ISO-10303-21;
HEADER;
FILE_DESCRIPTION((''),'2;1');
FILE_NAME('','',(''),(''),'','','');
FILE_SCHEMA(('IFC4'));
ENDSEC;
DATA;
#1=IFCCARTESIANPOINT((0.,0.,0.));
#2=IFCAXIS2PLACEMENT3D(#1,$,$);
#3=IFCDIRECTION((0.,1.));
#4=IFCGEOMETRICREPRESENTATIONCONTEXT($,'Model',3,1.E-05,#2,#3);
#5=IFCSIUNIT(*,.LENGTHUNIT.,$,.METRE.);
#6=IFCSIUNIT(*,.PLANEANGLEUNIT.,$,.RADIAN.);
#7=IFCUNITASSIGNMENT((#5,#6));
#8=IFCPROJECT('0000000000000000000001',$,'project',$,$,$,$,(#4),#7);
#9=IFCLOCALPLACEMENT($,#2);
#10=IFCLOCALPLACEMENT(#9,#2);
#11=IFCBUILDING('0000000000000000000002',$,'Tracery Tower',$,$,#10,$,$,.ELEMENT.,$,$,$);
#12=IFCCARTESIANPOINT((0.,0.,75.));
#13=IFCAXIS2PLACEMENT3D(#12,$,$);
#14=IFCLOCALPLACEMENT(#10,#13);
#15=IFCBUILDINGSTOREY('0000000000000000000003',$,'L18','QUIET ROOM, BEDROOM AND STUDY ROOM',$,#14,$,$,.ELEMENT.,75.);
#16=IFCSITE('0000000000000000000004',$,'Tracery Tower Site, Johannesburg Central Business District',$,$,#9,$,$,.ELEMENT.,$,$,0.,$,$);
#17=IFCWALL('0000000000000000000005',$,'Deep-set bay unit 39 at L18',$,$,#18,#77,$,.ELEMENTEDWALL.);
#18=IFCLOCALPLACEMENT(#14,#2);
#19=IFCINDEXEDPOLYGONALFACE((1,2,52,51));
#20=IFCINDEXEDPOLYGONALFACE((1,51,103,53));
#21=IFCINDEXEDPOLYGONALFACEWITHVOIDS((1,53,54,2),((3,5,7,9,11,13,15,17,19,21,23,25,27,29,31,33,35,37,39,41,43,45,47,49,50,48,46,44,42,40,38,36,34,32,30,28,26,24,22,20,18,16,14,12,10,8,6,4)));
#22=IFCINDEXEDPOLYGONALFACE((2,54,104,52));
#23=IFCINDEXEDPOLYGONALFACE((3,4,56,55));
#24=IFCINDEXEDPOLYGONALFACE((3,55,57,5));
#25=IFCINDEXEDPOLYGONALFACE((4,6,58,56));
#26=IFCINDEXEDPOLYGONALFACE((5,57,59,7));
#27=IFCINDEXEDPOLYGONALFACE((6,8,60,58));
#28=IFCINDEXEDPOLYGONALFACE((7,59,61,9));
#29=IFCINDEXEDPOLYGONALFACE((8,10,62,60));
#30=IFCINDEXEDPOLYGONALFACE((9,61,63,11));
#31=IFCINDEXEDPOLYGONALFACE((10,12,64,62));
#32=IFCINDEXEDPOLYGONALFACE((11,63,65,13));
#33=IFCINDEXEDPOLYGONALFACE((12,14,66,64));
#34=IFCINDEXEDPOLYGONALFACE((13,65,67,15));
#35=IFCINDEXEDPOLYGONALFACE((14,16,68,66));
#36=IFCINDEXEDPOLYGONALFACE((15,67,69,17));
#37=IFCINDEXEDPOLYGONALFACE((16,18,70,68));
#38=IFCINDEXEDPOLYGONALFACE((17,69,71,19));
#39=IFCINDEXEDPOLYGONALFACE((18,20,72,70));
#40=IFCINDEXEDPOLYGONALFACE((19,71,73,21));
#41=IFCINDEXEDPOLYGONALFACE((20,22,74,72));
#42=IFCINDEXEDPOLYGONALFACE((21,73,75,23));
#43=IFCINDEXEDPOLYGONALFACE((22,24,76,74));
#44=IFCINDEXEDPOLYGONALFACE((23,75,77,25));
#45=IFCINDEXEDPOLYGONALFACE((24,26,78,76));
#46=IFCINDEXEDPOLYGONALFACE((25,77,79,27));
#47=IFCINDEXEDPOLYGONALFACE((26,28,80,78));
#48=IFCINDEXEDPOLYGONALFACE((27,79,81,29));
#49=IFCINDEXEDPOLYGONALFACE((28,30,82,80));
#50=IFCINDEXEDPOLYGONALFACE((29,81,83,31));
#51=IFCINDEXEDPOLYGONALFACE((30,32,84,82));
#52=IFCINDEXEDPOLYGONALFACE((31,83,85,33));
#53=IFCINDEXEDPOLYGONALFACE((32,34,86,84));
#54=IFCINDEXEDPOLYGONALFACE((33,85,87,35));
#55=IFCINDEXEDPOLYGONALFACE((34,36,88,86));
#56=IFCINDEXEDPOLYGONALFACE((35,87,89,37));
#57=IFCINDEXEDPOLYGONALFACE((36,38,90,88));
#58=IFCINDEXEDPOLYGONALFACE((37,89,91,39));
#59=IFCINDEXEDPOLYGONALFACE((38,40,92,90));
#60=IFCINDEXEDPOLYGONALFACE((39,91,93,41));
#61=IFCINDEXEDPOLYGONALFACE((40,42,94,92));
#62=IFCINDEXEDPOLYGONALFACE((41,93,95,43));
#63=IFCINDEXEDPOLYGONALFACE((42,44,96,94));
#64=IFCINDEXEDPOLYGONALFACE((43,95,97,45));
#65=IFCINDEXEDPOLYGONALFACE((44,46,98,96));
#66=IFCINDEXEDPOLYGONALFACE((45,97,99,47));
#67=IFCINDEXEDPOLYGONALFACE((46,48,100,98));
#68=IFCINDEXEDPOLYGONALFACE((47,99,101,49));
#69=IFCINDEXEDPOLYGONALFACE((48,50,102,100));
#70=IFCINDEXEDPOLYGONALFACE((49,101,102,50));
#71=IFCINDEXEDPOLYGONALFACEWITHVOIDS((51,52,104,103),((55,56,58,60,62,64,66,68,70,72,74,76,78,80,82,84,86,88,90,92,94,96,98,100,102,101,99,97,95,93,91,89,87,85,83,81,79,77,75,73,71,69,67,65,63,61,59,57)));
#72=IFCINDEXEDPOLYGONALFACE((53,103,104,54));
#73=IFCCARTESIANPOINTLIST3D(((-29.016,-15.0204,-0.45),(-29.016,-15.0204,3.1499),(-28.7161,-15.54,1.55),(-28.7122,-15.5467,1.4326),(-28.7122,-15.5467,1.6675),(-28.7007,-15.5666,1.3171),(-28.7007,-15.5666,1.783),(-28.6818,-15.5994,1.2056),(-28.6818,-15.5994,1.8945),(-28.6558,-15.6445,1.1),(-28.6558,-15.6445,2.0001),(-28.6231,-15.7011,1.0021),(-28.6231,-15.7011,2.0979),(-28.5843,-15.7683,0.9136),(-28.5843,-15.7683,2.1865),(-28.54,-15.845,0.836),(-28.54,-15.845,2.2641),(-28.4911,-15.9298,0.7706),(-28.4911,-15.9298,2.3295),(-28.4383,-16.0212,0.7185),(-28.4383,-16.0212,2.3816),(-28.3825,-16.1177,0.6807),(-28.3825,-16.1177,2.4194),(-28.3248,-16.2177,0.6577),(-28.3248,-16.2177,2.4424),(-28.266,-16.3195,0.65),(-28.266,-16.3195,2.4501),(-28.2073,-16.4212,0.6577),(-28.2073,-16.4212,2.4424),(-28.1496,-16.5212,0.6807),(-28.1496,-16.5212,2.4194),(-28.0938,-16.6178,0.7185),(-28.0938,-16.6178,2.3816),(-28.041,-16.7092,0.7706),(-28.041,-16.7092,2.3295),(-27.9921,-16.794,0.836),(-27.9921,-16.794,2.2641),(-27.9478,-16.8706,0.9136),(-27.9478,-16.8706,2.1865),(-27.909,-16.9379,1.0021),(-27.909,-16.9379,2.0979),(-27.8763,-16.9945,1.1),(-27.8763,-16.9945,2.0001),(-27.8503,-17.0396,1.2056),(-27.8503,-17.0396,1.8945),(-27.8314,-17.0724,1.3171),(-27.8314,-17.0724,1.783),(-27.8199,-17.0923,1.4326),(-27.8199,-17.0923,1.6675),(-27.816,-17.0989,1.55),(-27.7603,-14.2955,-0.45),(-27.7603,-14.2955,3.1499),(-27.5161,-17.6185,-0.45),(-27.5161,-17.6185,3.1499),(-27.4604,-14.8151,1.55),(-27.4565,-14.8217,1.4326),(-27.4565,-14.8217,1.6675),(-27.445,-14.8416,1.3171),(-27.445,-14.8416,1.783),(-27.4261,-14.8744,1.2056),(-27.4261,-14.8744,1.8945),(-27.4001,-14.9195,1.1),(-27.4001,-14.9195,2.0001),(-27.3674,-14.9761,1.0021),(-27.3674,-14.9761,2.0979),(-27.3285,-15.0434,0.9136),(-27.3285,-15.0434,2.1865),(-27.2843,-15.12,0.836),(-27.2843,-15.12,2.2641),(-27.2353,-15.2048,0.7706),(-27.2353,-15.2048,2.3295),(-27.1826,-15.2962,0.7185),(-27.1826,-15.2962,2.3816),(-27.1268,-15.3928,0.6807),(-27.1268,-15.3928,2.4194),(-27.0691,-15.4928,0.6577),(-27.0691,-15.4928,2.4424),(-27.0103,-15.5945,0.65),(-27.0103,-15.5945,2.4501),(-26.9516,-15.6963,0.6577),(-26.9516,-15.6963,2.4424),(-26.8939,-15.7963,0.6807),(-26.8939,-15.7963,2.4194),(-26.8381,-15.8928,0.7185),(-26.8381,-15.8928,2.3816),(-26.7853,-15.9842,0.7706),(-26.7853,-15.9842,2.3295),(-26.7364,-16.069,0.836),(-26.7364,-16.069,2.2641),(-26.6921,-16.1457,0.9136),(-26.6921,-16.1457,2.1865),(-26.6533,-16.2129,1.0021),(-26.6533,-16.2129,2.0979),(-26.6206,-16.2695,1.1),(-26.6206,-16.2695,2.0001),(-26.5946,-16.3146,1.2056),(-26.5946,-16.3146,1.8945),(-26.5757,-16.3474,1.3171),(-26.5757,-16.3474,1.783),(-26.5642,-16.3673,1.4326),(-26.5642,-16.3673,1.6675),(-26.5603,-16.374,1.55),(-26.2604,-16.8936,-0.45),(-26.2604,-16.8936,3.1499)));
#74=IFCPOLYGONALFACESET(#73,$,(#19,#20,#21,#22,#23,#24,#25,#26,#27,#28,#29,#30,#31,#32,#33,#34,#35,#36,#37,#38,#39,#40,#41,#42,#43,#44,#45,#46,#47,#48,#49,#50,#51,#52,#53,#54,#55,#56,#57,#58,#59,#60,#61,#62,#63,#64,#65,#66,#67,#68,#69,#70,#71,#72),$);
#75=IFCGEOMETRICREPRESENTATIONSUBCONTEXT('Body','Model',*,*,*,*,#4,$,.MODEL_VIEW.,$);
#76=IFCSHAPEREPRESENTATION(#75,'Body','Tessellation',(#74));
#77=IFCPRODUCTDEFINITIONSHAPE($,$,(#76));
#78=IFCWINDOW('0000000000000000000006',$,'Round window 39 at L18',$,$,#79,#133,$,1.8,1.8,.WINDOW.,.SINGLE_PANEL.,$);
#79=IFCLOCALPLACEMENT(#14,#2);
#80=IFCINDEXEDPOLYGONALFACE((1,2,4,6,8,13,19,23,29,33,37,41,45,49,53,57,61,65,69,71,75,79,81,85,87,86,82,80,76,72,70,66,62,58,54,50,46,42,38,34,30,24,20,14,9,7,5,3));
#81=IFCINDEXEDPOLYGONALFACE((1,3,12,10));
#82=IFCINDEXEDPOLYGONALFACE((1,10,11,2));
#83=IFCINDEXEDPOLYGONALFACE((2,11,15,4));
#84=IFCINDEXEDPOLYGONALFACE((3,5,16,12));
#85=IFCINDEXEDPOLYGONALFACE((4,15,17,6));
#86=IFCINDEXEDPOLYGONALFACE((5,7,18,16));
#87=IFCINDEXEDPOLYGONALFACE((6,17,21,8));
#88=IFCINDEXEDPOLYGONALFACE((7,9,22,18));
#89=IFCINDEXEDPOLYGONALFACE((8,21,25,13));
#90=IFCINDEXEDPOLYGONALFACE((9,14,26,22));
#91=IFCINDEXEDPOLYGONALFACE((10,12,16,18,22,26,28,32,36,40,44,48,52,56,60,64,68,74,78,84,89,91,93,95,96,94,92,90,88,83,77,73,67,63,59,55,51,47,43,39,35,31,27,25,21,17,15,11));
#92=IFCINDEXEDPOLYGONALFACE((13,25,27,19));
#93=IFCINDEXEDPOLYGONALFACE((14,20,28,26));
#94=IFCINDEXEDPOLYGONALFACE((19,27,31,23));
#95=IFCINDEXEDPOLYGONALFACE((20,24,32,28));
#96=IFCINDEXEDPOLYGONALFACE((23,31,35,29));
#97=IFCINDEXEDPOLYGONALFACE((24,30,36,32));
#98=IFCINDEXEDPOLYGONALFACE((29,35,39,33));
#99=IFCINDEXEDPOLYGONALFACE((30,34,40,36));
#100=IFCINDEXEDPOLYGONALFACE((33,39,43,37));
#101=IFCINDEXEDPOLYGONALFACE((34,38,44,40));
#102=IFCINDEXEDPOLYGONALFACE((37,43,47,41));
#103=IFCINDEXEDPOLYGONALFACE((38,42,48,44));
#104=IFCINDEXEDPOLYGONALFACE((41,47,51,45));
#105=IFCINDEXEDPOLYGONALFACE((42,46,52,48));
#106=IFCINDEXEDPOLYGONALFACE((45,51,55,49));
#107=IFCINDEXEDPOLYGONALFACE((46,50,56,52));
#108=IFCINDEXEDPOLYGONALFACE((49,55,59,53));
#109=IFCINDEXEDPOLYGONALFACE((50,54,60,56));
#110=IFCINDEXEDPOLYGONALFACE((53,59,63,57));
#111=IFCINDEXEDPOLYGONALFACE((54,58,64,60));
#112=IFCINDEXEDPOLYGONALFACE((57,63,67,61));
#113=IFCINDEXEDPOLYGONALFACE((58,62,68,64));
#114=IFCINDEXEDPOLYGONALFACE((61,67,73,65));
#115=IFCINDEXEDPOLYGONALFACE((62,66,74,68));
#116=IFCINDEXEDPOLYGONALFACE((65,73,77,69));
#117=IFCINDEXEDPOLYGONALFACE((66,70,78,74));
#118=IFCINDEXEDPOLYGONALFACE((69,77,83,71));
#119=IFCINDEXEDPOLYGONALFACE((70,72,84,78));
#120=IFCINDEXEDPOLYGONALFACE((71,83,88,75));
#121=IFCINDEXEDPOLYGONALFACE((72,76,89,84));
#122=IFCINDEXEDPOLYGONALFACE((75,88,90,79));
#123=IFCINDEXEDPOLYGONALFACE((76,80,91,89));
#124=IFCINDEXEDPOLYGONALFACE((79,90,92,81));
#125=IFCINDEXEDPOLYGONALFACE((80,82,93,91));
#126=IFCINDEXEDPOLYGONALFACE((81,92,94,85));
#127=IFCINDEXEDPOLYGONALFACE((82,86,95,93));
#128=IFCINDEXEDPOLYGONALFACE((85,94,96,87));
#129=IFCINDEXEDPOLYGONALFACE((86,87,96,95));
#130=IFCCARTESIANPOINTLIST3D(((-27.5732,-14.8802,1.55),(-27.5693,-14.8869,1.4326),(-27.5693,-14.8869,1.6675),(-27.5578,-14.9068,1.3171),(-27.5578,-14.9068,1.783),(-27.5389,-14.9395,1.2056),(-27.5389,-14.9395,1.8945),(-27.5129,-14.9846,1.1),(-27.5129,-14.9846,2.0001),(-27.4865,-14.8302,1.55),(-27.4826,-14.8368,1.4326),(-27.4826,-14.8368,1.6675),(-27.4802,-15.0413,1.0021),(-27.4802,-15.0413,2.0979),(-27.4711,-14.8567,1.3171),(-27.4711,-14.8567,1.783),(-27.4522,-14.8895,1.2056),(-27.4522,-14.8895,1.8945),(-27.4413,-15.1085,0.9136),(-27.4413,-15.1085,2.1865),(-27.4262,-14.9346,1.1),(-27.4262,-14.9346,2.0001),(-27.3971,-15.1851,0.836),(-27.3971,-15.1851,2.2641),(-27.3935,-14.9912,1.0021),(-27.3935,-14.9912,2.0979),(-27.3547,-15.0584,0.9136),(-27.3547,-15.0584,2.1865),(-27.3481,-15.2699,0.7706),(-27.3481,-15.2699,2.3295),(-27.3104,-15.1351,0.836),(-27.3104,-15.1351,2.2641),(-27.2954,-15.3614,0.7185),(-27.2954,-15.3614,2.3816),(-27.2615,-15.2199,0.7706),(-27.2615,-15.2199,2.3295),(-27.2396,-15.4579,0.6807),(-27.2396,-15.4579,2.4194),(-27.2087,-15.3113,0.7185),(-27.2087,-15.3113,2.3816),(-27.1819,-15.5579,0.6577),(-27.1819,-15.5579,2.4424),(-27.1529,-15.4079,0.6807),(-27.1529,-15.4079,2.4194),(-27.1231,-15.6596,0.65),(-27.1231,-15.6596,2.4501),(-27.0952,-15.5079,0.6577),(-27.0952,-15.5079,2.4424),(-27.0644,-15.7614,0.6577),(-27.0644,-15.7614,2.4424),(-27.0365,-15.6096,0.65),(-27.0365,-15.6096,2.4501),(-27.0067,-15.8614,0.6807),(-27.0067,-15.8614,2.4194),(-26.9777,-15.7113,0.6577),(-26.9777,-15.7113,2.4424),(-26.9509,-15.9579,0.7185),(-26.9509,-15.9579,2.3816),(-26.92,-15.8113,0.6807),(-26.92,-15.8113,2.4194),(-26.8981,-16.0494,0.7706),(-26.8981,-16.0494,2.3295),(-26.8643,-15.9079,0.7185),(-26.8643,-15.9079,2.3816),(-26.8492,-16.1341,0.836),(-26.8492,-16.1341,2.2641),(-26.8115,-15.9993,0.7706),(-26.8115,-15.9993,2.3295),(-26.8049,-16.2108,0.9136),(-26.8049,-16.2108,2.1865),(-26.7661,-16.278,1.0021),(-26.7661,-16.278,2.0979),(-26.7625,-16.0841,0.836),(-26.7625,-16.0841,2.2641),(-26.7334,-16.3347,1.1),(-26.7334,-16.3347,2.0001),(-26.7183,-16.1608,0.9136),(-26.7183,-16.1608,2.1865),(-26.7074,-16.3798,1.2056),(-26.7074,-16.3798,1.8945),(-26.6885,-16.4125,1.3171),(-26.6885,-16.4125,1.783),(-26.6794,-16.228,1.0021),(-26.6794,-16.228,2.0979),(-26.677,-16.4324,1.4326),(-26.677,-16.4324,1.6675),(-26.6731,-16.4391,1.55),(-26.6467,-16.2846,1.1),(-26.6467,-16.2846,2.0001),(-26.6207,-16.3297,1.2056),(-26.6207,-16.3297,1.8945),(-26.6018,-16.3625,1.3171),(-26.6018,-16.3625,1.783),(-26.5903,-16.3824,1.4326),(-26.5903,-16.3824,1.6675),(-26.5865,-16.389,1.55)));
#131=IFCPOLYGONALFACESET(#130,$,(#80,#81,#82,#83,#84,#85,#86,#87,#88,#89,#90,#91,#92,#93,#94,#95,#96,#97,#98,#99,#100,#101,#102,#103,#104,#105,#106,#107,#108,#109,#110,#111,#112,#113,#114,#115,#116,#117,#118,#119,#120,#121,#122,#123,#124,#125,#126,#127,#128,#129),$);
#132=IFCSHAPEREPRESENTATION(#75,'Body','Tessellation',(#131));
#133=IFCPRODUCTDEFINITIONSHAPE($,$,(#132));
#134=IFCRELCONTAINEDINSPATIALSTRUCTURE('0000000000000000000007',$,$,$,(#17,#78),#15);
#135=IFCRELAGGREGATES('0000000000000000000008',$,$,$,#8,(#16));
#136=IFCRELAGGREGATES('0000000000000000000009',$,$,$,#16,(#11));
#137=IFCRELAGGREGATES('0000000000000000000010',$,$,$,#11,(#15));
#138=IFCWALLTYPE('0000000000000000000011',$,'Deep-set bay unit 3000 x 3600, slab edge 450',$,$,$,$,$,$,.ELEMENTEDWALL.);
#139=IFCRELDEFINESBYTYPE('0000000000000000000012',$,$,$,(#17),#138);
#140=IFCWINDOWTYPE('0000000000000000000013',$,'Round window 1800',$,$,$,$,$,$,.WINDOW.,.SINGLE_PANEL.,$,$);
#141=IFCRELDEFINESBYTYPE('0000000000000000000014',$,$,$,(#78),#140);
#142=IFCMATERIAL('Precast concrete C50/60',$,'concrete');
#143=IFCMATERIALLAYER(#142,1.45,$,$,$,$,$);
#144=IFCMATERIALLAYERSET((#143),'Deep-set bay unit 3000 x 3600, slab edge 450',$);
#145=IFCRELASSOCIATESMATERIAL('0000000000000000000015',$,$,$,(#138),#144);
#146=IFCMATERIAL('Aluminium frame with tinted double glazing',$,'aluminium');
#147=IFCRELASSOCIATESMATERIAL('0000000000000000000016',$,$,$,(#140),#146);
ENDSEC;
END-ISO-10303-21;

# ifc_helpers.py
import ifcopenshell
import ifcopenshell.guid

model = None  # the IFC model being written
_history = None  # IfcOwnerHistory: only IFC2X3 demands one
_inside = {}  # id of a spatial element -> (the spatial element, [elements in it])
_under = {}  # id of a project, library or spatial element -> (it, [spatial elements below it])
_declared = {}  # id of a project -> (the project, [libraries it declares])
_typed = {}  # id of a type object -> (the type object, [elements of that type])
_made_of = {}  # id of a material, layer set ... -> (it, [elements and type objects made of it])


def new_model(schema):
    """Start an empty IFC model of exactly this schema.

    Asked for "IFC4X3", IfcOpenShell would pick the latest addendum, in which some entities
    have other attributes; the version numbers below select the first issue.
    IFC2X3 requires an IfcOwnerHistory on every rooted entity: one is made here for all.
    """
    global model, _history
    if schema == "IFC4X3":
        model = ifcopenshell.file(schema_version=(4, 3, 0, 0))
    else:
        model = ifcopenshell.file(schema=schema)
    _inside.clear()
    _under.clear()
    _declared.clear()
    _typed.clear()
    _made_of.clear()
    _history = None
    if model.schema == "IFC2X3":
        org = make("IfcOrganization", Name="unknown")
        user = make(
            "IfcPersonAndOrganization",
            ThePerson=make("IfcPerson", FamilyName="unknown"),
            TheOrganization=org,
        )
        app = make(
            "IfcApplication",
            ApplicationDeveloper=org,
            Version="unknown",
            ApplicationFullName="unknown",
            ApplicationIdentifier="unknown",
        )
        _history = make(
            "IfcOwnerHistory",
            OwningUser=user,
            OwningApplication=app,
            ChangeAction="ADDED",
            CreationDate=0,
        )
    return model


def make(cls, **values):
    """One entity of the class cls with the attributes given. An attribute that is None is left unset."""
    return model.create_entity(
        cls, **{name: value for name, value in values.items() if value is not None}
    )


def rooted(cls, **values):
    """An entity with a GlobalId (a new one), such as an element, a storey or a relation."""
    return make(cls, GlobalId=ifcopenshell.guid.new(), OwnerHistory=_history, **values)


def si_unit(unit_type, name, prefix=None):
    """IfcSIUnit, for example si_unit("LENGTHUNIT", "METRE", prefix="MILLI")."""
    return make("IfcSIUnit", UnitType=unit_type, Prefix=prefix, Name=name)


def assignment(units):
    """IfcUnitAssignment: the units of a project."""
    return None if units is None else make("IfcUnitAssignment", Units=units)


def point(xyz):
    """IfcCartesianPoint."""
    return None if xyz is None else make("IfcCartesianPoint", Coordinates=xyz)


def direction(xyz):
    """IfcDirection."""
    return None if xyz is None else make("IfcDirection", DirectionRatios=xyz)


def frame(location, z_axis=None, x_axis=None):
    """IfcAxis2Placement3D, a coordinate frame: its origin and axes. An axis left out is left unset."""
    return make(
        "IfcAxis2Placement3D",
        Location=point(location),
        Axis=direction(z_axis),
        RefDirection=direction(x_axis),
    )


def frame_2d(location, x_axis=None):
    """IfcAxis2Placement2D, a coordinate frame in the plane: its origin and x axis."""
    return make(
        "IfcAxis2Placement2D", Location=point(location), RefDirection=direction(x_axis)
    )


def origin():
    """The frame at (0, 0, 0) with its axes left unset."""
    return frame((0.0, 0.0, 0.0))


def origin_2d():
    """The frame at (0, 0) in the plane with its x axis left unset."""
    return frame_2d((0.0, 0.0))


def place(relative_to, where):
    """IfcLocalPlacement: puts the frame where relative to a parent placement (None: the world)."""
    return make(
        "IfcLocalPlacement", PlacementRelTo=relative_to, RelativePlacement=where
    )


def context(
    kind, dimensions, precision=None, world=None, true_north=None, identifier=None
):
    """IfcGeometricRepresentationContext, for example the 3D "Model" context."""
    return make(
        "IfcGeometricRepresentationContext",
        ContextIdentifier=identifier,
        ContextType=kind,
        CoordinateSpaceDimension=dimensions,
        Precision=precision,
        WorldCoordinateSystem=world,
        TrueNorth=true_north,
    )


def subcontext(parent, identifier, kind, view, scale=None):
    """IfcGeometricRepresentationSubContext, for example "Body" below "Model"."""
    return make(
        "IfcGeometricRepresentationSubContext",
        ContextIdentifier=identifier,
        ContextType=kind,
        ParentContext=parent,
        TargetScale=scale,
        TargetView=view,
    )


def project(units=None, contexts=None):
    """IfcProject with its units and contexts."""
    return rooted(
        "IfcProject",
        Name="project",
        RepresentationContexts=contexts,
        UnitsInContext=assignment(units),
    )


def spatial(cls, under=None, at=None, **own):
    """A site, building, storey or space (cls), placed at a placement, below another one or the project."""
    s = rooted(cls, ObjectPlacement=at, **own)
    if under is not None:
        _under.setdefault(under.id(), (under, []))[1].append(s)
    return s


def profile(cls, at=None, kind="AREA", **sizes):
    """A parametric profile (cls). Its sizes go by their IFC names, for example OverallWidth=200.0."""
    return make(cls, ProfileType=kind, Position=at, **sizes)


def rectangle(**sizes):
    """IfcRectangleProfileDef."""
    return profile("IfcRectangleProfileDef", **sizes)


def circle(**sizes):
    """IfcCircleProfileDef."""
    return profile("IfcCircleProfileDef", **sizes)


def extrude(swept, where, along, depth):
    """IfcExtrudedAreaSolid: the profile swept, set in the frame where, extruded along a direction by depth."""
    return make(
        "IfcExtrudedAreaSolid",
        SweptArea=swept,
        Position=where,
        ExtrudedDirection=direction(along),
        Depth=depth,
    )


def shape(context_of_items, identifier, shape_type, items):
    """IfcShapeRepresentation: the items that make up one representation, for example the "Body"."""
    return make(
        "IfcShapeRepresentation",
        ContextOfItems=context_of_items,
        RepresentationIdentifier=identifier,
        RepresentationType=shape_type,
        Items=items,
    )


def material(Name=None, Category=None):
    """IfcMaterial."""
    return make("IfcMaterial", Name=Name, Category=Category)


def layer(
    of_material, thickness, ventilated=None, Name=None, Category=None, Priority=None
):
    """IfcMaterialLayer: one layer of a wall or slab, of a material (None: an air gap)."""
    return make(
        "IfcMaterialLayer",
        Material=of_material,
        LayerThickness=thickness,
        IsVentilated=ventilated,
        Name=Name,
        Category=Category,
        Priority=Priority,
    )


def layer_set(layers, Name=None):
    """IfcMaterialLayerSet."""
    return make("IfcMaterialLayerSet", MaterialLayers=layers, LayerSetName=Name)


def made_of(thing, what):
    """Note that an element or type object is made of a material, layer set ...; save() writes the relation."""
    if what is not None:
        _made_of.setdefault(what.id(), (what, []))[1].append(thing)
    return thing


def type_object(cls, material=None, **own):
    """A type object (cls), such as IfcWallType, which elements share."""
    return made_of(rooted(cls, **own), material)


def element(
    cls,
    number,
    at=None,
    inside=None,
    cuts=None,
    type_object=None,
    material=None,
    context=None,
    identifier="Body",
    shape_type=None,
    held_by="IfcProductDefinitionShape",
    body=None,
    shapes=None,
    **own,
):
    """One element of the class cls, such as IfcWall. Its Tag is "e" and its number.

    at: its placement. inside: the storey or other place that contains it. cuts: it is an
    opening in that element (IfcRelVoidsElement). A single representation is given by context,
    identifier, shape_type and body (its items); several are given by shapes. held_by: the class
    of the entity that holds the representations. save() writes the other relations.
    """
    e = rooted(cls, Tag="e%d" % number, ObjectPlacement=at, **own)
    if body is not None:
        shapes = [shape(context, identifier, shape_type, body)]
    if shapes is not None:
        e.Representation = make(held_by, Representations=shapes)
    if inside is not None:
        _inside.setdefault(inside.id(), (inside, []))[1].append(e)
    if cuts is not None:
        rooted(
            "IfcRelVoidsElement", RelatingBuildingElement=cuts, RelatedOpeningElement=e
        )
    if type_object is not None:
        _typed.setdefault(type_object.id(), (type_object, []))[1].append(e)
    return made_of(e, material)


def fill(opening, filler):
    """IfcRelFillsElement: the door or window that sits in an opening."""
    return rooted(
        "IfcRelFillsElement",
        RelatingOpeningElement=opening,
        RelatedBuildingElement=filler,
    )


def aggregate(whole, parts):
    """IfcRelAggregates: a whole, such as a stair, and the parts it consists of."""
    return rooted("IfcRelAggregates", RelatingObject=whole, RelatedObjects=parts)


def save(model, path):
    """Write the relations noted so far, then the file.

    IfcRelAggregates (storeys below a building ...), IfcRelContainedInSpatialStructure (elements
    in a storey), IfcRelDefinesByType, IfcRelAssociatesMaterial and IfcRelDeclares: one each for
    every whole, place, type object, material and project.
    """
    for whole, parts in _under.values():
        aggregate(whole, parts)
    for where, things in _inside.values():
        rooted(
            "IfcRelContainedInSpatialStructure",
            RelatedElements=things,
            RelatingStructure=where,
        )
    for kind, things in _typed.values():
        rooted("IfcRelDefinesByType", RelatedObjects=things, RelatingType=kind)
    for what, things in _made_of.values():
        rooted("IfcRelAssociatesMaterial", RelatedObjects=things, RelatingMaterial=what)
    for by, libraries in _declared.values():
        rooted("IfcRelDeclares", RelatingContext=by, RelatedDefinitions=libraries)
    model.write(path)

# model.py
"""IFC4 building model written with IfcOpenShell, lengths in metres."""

from ifc_helpers import new_model, si_unit, direction, frame, frame_2d, origin, origin_2d, place, context, subcontext, project, spatial, rectangle, circle, extrude, material, layer, layer_set, type_object, element, fill, save


model = new_model("IFC4")

# Units and contexts
model_context = context("Model", 3, precision=1e-05, world=origin(), true_north=direction((0.0, 1.0)))
body_context = subcontext(model_context, "Body", "Model", "MODEL_VIEW")
ifc_project = project(units=[si_unit("LENGTHUNIT", "METRE"), si_unit("PLANEANGLEUNIT", "RADIAN")], contexts=[model_context])

# Site, building, storey
site_placement = place(None, origin())
site = spatial("IfcSite", under=ifc_project, at=site_placement, Name="Tracery Tower Site, Johannesburg Central Business District", CompositionType="ELEMENT", RefElevation=0.0)
building_placement = place(site_placement, origin())
building = spatial("IfcBuilding", under=site, at=building_placement, Name="Tracery Tower", CompositionType="ELEMENT")
storey_placement = place(building_placement, frame((0.0, 0.0, 75.0)))
storey = spatial("IfcBuildingStorey", under=building, at=storey_placement, Name="L18", Description="QUIET ROOM, BEDROOM AND STUDY ROOM", CompositionType="ELEMENT", Elevation=75.0)

# Wall, opening, window
ifc_material_1 = material(Name="Precast concrete C50/60", Category="concrete")
ifc_layer_1 = layer(ifc_material_1, 1.45)
ifc_layer_set_1 = layer_set([ifc_layer_1], Name="Deep-set bay unit 3000 x 3600, slab edge 450")
wall_type_1 = type_object("IfcWallType", Name="Deep-set bay unit 3000 x 3600, slab edge 450", PredefinedType="ELEMENTEDWALL", material=ifc_layer_set_1)
wall_1_placement = place(storey_placement, frame((-28.3882, -14.658, -0.45), z_axis=(0.0, 0.0, 1.0), x_axis=(0.49999, -0.866031, 0.0)))
wall_1 = element("IfcWall", 1, at=wall_1_placement, inside=storey, type_object=wall_type_1, Name="Deep-set bay unit 39 at L18", PredefinedType="ELEMENTEDWALL", context=body_context, shape_type="SweptSolid", body=[
    extrude(rectangle(XDim=3.0, YDim=1.45, at=frame_2d((1.5, 0.0))), origin(), (0.0, 0.0, 1.0), 3.5999),
])
opening_1_placement = place(wall_1_placement, frame((1.5, 0.0, 2.0)))
opening_1 = element("IfcOpeningElement", 2, at=opening_1_placement, cuts=wall_1, PredefinedType="OPENING", context=body_context, shape_type="SweptSolid", body=[
    extrude(circle(Radius=0.9, at=origin_2d()), frame((0.0, 0.7349, 0.0), z_axis=(0.0, -1.0, 0.0), x_axis=(1.0, 0.0, 0.0)), (0.0, 0.0, 1.0), 1.47),
])
ifc_material_2 = material(Name="Aluminium frame with tinted double glazing", Category="aluminium")
window_type = type_object("IfcWindowType", Name="Round window 1800", PartitioningType="SINGLE_PANEL", PredefinedType="WINDOW", material=ifc_material_2)
window_1_placement = place(opening_1_placement, origin())
window_1 = element("IfcWindow", 3, at=window_1_placement, inside=storey, type_object=window_type, Name="Round window 39 at L18", OverallHeight=1.8, OverallWidth=1.8, PartitioningType="SINGLE_PANEL", PredefinedType="WINDOW", context=body_context, shape_type="SweptSolid", body=[
    extrude(circle(Radius=0.9, at=origin_2d()), frame((0.0, 0.6948, 0.0), z_axis=(0.0, -1.0, 0.0), x_axis=(1.0, 0.0, 0.0)), (0.0, 0.0, 1.0), 0.1001),
])
fill(opening_1, window_1)

save(model, "model.ifc")
